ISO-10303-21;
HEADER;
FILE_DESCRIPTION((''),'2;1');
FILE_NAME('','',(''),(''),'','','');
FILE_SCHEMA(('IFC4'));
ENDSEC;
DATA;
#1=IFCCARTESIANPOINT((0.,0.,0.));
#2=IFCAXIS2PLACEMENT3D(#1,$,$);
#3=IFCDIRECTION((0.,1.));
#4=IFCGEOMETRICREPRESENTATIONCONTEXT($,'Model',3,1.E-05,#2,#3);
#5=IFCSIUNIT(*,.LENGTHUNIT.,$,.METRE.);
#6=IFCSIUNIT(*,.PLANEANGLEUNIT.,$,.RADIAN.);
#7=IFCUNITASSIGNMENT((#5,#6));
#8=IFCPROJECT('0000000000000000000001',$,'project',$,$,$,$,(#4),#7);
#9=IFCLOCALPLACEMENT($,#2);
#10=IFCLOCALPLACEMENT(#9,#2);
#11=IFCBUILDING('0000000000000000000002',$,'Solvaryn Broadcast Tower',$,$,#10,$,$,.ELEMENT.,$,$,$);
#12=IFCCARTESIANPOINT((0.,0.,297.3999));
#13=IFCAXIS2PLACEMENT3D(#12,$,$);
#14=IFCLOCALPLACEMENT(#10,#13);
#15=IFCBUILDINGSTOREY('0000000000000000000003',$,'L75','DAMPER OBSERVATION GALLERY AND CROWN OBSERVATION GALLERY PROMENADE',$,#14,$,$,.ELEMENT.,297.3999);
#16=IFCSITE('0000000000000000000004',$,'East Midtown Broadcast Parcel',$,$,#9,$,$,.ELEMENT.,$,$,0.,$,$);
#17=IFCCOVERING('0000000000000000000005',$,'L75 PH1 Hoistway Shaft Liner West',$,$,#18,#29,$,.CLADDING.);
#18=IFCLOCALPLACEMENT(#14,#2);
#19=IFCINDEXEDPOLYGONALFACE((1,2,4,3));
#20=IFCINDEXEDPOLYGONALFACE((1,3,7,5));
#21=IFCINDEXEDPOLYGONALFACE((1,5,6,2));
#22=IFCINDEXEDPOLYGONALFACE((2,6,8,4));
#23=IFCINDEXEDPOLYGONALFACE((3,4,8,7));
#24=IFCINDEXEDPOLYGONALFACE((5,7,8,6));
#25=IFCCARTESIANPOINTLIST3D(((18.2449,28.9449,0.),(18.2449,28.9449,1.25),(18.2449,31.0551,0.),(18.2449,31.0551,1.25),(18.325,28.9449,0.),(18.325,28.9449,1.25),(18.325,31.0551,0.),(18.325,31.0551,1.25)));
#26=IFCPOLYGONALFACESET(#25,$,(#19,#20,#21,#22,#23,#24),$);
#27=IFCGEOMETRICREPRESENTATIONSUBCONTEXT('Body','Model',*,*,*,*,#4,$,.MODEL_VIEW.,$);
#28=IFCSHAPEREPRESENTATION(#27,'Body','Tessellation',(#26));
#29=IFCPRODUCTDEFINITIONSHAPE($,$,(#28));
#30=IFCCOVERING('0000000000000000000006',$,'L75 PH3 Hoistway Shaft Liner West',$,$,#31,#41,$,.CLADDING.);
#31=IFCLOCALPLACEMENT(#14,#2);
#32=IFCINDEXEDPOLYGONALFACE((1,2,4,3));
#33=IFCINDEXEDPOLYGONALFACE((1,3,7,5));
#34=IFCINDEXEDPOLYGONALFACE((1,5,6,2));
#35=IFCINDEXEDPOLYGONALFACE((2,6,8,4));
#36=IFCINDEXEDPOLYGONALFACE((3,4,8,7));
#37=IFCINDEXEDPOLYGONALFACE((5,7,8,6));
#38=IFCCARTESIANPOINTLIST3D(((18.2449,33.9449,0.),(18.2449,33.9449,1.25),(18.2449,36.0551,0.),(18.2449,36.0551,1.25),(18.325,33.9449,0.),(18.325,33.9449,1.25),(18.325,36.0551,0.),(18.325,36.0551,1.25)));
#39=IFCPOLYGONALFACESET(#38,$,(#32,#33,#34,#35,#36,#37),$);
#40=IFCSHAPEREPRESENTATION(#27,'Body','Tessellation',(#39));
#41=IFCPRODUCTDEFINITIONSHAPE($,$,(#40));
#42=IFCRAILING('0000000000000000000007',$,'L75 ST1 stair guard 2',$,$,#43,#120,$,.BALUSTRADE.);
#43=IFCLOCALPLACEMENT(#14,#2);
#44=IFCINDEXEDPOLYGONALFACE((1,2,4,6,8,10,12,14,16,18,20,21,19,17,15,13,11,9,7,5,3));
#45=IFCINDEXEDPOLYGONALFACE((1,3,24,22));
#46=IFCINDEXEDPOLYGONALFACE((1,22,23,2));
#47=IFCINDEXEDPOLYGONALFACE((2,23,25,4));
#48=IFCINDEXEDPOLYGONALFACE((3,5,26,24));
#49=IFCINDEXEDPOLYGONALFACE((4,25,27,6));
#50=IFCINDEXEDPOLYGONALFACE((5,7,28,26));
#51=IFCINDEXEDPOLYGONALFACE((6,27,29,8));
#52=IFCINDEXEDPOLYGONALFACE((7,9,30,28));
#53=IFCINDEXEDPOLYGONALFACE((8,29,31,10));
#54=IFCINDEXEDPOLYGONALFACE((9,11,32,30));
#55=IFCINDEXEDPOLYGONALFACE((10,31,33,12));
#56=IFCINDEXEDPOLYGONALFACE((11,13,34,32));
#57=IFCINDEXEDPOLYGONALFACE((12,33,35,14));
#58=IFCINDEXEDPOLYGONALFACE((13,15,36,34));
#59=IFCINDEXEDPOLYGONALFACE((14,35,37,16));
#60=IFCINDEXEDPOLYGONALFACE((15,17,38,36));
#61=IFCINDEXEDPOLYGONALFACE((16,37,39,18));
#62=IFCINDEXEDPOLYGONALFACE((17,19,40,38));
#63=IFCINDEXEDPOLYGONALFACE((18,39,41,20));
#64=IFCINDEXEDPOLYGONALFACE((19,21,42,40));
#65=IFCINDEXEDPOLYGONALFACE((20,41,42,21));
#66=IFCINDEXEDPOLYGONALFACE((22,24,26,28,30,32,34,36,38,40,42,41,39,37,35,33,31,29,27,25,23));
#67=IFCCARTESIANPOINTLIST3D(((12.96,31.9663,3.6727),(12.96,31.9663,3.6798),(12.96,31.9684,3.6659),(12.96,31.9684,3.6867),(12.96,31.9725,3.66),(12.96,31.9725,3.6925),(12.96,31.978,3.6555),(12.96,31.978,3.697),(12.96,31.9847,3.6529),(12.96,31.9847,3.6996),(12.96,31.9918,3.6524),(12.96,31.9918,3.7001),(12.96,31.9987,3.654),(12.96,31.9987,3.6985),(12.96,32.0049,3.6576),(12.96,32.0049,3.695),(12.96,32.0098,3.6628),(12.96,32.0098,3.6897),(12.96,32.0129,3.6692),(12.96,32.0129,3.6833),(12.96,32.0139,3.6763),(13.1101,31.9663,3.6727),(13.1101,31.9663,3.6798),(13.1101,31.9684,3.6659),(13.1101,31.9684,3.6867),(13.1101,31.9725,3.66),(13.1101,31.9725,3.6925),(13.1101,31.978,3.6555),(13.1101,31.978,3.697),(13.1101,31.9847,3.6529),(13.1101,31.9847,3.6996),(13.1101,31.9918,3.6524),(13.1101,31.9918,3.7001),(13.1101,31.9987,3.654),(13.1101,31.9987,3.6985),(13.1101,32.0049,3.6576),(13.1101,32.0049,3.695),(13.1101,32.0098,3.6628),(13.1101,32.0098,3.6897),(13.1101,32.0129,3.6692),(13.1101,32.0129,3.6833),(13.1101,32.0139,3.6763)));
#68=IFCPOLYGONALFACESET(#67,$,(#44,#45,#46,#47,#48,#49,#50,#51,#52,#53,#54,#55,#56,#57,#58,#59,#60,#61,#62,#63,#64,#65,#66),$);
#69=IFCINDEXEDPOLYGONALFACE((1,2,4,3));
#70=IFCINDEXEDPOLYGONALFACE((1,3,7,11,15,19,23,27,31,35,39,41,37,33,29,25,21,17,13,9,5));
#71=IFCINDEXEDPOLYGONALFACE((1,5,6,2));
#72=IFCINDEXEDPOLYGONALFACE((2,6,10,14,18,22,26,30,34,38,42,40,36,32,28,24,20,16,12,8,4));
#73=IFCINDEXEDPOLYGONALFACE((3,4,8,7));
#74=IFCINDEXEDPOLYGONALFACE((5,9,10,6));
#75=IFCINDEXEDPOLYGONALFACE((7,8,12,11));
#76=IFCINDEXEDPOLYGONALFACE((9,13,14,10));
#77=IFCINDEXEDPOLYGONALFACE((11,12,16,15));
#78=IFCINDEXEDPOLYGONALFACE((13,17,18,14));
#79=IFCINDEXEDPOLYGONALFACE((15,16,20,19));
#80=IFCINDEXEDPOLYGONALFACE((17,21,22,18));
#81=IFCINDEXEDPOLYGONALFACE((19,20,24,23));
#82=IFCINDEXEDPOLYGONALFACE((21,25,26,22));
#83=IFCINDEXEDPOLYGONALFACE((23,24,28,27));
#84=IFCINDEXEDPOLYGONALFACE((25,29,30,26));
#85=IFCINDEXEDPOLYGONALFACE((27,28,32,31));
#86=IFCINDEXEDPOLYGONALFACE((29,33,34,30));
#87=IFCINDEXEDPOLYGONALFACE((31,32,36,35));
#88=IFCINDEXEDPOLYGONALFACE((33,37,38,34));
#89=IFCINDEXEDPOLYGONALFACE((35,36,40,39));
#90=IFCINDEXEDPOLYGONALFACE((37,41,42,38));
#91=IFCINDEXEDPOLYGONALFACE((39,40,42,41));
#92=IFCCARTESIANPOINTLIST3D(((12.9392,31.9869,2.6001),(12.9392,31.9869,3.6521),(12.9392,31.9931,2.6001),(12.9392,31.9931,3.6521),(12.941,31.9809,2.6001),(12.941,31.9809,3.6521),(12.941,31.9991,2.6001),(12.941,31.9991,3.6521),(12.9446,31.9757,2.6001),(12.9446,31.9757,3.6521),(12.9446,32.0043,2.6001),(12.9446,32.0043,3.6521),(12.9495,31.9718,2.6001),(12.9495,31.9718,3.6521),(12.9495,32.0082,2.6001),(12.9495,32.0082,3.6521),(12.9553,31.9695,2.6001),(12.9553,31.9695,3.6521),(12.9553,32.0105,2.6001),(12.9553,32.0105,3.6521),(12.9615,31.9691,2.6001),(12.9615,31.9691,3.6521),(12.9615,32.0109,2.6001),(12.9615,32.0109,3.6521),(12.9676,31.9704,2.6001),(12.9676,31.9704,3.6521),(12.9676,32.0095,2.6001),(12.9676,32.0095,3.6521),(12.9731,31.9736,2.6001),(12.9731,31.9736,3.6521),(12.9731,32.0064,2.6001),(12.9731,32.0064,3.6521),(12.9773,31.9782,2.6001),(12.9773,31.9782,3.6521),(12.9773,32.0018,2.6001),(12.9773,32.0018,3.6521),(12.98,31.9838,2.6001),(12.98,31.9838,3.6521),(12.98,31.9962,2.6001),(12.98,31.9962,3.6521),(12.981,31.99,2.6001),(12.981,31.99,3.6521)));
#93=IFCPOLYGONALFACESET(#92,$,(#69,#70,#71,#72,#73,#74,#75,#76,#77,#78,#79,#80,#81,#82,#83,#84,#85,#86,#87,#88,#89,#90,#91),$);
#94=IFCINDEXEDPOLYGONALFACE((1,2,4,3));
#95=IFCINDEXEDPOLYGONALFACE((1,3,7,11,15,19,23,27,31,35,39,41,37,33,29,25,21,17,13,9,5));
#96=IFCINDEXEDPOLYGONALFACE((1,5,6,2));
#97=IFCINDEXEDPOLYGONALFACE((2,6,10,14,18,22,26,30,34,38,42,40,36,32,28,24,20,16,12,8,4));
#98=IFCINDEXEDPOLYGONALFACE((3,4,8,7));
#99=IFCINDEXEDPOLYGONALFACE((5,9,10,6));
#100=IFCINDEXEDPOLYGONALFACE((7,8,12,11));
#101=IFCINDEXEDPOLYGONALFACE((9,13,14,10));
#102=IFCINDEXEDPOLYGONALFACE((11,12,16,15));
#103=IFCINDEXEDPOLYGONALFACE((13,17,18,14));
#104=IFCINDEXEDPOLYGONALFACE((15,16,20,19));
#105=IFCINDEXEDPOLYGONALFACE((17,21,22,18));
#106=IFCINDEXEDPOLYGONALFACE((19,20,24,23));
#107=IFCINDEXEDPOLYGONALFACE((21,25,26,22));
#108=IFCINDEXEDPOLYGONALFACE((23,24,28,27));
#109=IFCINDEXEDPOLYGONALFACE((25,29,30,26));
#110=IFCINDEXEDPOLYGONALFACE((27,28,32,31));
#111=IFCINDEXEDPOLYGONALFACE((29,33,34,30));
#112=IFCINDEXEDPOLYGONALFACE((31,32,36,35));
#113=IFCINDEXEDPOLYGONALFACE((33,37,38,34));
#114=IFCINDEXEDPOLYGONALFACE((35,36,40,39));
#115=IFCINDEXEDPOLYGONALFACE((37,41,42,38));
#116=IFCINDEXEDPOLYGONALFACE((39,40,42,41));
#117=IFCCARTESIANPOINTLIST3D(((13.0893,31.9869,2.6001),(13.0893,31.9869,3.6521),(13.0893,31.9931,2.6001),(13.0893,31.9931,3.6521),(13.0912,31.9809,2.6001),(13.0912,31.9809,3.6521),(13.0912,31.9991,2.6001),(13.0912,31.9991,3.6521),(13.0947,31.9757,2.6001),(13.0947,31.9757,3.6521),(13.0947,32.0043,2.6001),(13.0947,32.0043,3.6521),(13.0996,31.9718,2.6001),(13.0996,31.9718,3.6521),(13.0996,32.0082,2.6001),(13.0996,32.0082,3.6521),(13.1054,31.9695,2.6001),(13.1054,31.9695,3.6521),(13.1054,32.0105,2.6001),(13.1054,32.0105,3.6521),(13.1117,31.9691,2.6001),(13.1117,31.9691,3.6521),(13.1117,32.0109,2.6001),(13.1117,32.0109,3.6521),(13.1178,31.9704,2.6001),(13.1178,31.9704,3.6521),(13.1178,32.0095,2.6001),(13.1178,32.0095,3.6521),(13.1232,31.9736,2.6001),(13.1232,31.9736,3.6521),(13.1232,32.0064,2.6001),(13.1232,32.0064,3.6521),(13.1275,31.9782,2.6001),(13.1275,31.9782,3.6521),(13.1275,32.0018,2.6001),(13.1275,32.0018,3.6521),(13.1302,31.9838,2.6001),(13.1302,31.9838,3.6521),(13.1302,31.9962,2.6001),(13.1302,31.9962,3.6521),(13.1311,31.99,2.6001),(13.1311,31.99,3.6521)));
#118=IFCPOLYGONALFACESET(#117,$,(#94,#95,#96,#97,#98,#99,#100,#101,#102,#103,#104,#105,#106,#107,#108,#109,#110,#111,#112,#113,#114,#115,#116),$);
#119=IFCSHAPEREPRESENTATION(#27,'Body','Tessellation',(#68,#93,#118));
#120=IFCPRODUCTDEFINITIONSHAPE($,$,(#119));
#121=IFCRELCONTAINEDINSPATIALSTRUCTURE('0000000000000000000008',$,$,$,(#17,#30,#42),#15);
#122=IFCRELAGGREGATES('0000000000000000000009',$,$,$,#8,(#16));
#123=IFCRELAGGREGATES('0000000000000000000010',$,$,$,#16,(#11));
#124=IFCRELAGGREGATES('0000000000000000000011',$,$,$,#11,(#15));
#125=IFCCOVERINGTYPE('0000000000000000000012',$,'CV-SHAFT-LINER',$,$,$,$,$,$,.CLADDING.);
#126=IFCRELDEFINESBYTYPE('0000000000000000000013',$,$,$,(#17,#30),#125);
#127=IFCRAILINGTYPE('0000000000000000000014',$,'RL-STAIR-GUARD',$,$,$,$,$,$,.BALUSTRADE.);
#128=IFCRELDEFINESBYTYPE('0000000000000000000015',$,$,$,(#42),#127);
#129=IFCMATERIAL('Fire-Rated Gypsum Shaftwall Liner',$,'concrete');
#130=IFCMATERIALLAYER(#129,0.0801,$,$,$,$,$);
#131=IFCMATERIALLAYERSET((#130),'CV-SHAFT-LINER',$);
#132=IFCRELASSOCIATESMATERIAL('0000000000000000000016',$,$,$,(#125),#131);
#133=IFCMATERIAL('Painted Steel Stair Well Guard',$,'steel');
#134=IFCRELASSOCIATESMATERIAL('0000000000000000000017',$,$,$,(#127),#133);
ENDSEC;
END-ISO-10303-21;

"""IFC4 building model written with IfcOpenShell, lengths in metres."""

from ifc_helpers import new_model, si_unit, direction, frame, origin, origin_2d, place, context, subcontext, project, spatial, rectangle, circle, extrude, material, layer, layer_set, type_object, element, save


model = new_model("IFC4")

# Units and contexts
model_context = context("Model", 3, precision=1e-05, world=origin(), true_north=direction((0.0, 1.0)))
body_context = subcontext(model_context, "Body", "Model", "MODEL_VIEW")
ifc_project = project(units=[si_unit("LENGTHUNIT", "METRE"), si_unit("PLANEANGLEUNIT", "RADIAN")], contexts=[model_context])

# Site, building, storey
site_placement = place(None, origin())
site = spatial("IfcSite", under=ifc_project, at=site_placement, Name="East Midtown Broadcast Parcel", CompositionType="ELEMENT", RefElevation=0.0)
building_placement = place(site_placement, origin())
building = spatial("IfcBuilding", under=site, at=building_placement, Name="Solvaryn Broadcast Tower", CompositionType="ELEMENT")
storey_placement = place(building_placement, frame((0.0, 0.0, 297.3999)))
storey = spatial("IfcBuildingStorey", under=building, at=storey_placement, Name="L75", Description="DAMPER OBSERVATION GALLERY AND CROWN OBSERVATION GALLERY PROMENADE", CompositionType="ELEMENT", Elevation=297.3999)

# Coverings
ifc_material_1 = material(Name="Fire-Rated Gypsum Shaftwall Liner", Category="concrete")
ifc_layer_1 = layer(ifc_material_1, 0.0801)
ifc_layer_set_1 = layer_set([ifc_layer_1], Name="CV-SHAFT-LINER")
covering_type = type_object("IfcCoveringType", Name="CV-SHAFT-LINER", PredefinedType="CLADDING", material=ifc_layer_set_1)
for number, where, z_axis, x_axis, name in (
    (1, (18.2849, 30.0, 0.0), (0.0, 0.0, 1.0), (1.0, 0.0, 0.0), "L75 PH1 Hoistway Shaft Liner West"),
    (2, (18.2849, 35.0, 0.0), (0.0, 0.0, 1.0), (1.0, 0.0, 0.0), "L75 PH3 Hoistway Shaft Liner West"),
):
    element("IfcCovering", number, at=place(storey_placement, frame(where, z_axis=z_axis, x_axis=x_axis)), inside=storey, type_object=covering_type, Name=name, PredefinedType="CLADDING", context=body_context, shape_type="SweptSolid", body=[
        extrude(rectangle(XDim=0.0801, YDim=2.1101, at=origin_2d()), origin(), (0.0, 0.0, 1.0), 1.25),
    ])

# Railing
ifc_material_2 = material(Name="Painted Steel Stair Well Guard", Category="steel")
railing_type_1 = type_object("IfcRailingType", Name="RL-STAIR-GUARD", PredefinedType="BALUSTRADE", material=ifc_material_2)
railing_1_placement = place(storey_placement, frame((12.96, 31.99, 2.6001)))
element("IfcRailing", 3, at=railing_1_placement, inside=storey, type_object=railing_type_1, Name="L75 ST1 stair guard 2", PredefinedType="BALUSTRADE", context=body_context, shape_type="SweptSolid", body=[
    extrude(circle(Radius=0.0239, at=origin_2d()), frame((0.0, 0.0, 1.0762), z_axis=(1.0, 0.0, 0.0), x_axis=(0.0, 1.0, 0.0)), (0.0, 0.0, 1.0), 0.1501),
    extrude(circle(Radius=0.021, at=origin_2d()), origin(), (0.0, 0.0, 1.0), 1.052),
    extrude(circle(Radius=0.021, at=origin_2d()), frame((0.1501, 0.0, 0.0)), (0.0, 0.0, 1.0), 1.052),
])

save(model, "model.ifc")
